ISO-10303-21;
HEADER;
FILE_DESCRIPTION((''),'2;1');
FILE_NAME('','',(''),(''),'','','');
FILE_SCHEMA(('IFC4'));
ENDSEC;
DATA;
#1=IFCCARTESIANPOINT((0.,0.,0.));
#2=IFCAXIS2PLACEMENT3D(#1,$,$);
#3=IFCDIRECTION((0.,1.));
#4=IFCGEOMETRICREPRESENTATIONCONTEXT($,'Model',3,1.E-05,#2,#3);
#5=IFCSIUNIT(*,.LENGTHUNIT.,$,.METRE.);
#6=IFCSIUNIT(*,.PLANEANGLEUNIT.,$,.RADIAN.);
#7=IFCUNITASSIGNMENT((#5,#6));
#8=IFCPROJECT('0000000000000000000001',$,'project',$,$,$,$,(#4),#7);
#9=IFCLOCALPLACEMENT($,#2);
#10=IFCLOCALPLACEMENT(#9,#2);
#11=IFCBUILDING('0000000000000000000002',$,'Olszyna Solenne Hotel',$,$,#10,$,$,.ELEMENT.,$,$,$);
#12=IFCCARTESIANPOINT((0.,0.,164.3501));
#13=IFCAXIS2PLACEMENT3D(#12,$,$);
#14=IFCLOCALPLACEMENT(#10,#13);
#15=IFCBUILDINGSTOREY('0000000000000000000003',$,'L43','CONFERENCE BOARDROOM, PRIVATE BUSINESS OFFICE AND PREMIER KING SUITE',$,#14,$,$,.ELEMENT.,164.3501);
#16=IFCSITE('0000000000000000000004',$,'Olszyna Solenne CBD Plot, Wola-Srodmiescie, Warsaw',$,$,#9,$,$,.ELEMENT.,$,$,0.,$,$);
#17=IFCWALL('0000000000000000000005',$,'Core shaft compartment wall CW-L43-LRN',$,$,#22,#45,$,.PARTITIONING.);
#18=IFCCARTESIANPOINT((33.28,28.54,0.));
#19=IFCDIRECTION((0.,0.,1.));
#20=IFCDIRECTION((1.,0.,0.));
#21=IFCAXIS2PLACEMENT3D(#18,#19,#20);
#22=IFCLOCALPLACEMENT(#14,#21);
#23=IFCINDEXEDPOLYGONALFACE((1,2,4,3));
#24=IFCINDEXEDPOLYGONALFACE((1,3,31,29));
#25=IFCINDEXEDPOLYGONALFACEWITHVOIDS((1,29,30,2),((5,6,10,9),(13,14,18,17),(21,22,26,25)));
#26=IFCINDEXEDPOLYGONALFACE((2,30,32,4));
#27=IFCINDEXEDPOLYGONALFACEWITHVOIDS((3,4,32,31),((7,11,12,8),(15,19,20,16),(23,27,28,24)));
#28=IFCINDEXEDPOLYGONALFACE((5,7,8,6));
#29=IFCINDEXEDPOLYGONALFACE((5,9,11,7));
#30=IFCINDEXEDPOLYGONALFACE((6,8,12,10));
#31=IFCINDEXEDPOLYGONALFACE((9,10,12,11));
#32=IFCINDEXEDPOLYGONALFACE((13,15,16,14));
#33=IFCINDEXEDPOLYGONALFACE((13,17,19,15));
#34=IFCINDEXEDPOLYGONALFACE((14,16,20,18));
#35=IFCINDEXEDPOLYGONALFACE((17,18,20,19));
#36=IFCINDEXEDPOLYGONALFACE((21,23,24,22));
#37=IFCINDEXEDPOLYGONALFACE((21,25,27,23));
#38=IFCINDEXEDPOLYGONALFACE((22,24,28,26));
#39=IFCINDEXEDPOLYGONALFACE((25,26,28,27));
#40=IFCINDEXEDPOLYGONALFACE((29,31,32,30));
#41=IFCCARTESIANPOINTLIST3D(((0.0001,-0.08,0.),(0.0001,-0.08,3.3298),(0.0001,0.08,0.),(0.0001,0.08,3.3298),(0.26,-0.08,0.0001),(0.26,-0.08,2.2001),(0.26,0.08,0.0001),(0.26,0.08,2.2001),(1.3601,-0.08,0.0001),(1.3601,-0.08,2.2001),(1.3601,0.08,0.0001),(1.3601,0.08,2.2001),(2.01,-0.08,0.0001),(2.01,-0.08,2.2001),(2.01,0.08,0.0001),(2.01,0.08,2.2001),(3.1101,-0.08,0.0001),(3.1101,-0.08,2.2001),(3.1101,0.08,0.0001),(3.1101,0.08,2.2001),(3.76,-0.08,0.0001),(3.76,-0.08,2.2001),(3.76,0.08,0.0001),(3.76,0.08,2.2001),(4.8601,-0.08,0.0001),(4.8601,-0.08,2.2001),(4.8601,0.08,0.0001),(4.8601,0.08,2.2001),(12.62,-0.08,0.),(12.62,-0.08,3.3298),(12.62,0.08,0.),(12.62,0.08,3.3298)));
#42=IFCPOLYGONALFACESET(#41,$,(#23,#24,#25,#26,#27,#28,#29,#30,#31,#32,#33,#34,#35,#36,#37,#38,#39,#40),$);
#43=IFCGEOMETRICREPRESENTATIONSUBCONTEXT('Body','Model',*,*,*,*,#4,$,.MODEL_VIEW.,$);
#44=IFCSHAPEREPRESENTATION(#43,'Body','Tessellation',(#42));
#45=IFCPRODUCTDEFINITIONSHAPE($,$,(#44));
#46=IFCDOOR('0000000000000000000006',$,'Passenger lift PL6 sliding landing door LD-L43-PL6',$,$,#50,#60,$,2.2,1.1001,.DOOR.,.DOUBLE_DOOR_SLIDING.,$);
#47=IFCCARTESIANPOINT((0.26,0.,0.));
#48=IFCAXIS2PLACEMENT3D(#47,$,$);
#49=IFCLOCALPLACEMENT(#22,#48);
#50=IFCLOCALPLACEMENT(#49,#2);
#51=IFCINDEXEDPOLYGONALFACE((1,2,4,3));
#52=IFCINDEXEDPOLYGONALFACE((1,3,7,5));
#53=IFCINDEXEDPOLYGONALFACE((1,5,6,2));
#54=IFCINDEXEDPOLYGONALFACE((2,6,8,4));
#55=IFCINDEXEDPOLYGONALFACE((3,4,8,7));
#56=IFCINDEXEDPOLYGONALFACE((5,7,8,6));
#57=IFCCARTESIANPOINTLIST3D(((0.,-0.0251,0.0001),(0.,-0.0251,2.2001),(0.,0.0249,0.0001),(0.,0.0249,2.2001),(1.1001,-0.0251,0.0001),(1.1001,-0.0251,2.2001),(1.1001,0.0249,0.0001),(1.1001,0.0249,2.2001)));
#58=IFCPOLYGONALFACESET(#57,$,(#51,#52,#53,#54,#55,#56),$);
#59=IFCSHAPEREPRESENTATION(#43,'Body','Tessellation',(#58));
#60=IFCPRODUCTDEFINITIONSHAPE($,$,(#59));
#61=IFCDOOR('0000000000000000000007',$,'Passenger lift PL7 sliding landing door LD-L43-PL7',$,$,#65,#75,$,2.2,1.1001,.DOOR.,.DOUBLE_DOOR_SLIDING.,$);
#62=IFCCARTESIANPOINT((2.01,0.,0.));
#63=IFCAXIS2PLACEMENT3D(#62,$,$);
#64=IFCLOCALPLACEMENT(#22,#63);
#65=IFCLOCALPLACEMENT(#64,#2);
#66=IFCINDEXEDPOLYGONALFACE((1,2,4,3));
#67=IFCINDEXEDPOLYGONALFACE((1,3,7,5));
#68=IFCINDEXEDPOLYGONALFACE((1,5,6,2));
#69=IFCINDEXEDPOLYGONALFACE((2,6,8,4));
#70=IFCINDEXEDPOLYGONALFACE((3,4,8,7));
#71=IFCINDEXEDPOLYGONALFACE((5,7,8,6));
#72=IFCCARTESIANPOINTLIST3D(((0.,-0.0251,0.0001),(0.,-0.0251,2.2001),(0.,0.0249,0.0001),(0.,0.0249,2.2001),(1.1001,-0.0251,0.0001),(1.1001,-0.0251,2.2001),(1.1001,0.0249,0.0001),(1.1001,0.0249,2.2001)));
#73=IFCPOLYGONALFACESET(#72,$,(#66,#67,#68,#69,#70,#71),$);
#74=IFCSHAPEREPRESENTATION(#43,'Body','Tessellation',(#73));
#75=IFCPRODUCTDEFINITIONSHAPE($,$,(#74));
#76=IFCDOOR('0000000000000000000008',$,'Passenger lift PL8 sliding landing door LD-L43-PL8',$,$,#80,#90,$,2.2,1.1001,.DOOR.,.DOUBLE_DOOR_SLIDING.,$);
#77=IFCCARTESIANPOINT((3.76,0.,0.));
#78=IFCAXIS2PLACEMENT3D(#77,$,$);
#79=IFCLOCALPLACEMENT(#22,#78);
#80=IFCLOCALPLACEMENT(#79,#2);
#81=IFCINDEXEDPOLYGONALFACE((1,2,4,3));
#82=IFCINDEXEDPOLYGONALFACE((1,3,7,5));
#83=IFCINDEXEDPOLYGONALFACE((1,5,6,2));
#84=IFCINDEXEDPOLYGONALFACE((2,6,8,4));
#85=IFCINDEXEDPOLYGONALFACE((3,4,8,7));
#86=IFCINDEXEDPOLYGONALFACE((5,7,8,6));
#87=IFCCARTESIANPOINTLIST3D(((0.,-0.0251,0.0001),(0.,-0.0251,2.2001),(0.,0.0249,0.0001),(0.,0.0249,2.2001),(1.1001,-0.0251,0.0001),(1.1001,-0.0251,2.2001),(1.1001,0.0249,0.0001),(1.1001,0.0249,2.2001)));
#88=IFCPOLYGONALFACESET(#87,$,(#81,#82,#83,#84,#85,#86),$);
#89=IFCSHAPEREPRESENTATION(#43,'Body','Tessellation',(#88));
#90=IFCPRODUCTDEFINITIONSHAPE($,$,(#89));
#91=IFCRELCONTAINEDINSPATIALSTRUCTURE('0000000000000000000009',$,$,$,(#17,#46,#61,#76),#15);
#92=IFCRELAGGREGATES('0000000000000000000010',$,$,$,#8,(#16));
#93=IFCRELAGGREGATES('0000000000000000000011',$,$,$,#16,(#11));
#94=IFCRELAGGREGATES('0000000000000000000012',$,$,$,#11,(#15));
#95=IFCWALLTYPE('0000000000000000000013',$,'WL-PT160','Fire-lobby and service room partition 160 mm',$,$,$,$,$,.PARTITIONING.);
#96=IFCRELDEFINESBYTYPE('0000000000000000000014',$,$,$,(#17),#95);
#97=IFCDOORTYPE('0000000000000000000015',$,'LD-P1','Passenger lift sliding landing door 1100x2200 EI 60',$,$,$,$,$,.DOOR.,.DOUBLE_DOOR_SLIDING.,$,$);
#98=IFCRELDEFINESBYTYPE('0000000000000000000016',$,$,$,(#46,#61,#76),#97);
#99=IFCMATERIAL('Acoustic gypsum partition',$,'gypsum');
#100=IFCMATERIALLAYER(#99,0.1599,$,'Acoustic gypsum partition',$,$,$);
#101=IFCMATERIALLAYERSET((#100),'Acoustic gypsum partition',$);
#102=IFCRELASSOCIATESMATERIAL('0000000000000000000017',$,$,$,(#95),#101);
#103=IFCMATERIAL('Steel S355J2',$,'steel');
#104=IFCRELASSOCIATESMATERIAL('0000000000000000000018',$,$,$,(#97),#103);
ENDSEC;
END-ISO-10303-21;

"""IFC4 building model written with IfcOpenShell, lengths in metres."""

from ifc_helpers import new_model, si_unit, direction, frame, frame_2d, origin, place, context, subcontext, project, spatial, rectangle, extrude, source, transform, mapped, material, layer, layer_set, type_object, type_shapes, element, fill, save


model = new_model("IFC4")

# Units and contexts
model_context = context("Model", 3, precision=1e-05, world=origin(), true_north=direction((0.0, 1.0)))
body_context = subcontext(model_context, "Body", "Model", "MODEL_VIEW")
ifc_project = project(units=[si_unit("LENGTHUNIT", "METRE"), si_unit("PLANEANGLEUNIT", "RADIAN")], contexts=[model_context])

# Site, building, storey
site_placement = place(None, origin())
site = spatial("IfcSite", under=ifc_project, at=site_placement, Name="Olszyna Solenne CBD Plot, Wola-Srodmiescie, Warsaw", CompositionType="ELEMENT", RefElevation=0.0)
building_placement = place(site_placement, origin())
building = spatial("IfcBuilding", under=site, at=building_placement, Name="Olszyna Solenne Hotel", CompositionType="ELEMENT")
storey_placement = place(building_placement, frame((0.0, 0.0, 164.3501)))
storey = spatial("IfcBuildingStorey", under=building, at=storey_placement, Name="L43", Description="CONFERENCE BOARDROOM, PRIVATE BUSINESS OFFICE AND PREMIER KING SUITE", CompositionType="ELEMENT", Elevation=164.3501)

# Shared definitions
ifc_material_1 = material(Name="Steel S355J2", Category="steel")

# Shared definitions
ifc_material_2 = material(Name="Acoustic gypsum partition", Category="gypsum")

# Shared definitions
ifc_layer_1 = layer(ifc_material_2, 0.1599, Name="Acoustic gypsum partition")
ifc_layer_set_1 = layer_set([ifc_layer_1], Name="Acoustic gypsum partition")
wall_type_1 = type_object("IfcWallType", Name="WL-PT160", Description="Fire-lobby and service room partition 160 mm", PredefinedType="PARTITIONING", material=ifc_layer_set_1)

# Wall, openings, doors
door_type_1 = type_object("IfcDoorType", Name="LD-P1", Description="Passenger lift sliding landing door 1100x2200 EI 60", OperationType="DOUBLE_DOOR_SLIDING", PredefinedType="DOOR", material=ifc_material_1)
shared_shape_1 = source(origin(), body_context, "Body", "SweptSolid", [
    extrude(rectangle(XDim=1.1001, YDim=2.2, at=frame_2d((0.55, 1.1001))), frame((0.0, 0.0249, 0.0), z_axis=(0.0, -1.0, 0.0), x_axis=(1.0, 0.0, 0.0)), (0.0, 0.0, 1.0), 0.05),
])
type_shapes(door_type_1, [shared_shape_1])
wall_1_placement = place(storey_placement, frame((33.28, 28.54, 0.0), z_axis=(0.0, 0.0, 1.0), x_axis=(1.0, 0.0, 0.0)))
wall_1 = element("IfcWall", 1, at=wall_1_placement, inside=storey, type_object=wall_type_1, Name="Core shaft compartment wall CW-L43-LRN", PredefinedType="PARTITIONING", context=body_context, shape_type="SweptSolid", body=[
    extrude(rectangle(XDim=12.6199, YDim=0.1599, at=frame_2d((6.3101, 0.0))), origin(), (0.0, 0.0, 1.0), 3.3298),
])
opening_1_placement = place(wall_1_placement, frame((0.26, 0.0, 0.0)))
opening_1 = element("IfcOpeningElement", 2, at=opening_1_placement, cuts=wall_1, PredefinedType="OPENING", context=body_context, shape_type="SweptSolid", body=[
    extrude(rectangle(XDim=1.1001, YDim=2.2, at=frame_2d((0.55, 1.1001))), frame((0.0, 0.0898, 0.0), z_axis=(0.0, -1.0, 0.0), x_axis=(1.0, 0.0, 0.0)), (0.0, 0.0, 1.0), 0.1799),
])
opening_2_placement = place(wall_1_placement, frame((2.01, 0.0, 0.0)))
opening_2 = element("IfcOpeningElement", 3, at=opening_2_placement, cuts=wall_1, PredefinedType="OPENING", context=body_context, shape_type="SweptSolid", body=[
    extrude(rectangle(XDim=1.1001, YDim=2.2, at=frame_2d((0.55, 1.1001))), frame((0.0, 0.0898, 0.0), z_axis=(0.0, -1.0, 0.0), x_axis=(1.0, 0.0, 0.0)), (0.0, 0.0, 1.0), 0.1799),
])
opening_3_placement = place(wall_1_placement, frame((3.76, 0.0, 0.0)))
opening_3 = element("IfcOpeningElement", 4, at=opening_3_placement, cuts=wall_1, PredefinedType="OPENING", context=body_context, shape_type="SweptSolid", body=[
    extrude(rectangle(XDim=1.1001, YDim=2.2, at=frame_2d((0.55, 1.1001))), frame((0.0, 0.0898, 0.0), z_axis=(0.0, -1.0, 0.0), x_axis=(1.0, 0.0, 0.0)), (0.0, 0.0, 1.0), 0.1799),
])
door_1_placement = place(opening_1_placement, origin())
door_1 = element("IfcDoor", 5, at=door_1_placement, inside=storey, type_object=door_type_1, Name="Passenger lift PL6 sliding landing door LD-L43-PL6", OperationType="DOUBLE_DOOR_SLIDING", OverallHeight=2.2, OverallWidth=1.1001, PredefinedType="DOOR", context=body_context, shape_type="MappedRepresentation", body=[
    mapped(shared_shape_1, transform((0.0, 0.0, 0.0), x_axis=(1.0, 0.0, 0.0), y_axis=(0.0, 1.0, 0.0), z_axis=(0.0, 0.0, 1.0), scale=1.0)),
])
fill(opening_1, door_1)
door_2_placement = place(opening_2_placement, origin())
door_2 = element("IfcDoor", 6, at=door_2_placement, inside=storey, type_object=door_type_1, Name="Passenger lift PL7 sliding landing door LD-L43-PL7", OperationType="DOUBLE_DOOR_SLIDING", OverallHeight=2.2, OverallWidth=1.1001, PredefinedType="DOOR", context=body_context, shape_type="MappedRepresentation", body=[
    mapped(shared_shape_1, transform((0.0, 0.0, 0.0), x_axis=(1.0, 0.0, 0.0), y_axis=(0.0, 1.0, 0.0), z_axis=(0.0, 0.0, 1.0), scale=1.0)),
])
fill(opening_2, door_2)
door_3_placement = place(opening_3_placement, origin())
door_3 = element("IfcDoor", 7, at=door_3_placement, inside=storey, type_object=door_type_1, Name="Passenger lift PL8 sliding landing door LD-L43-PL8", OperationType="DOUBLE_DOOR_SLIDING", OverallHeight=2.2, OverallWidth=1.1001, PredefinedType="DOOR", context=body_context, shape_type="MappedRepresentation", body=[
    mapped(shared_shape_1, transform((0.0, 0.0, 0.0), x_axis=(1.0, 0.0, 0.0), y_axis=(0.0, 1.0, 0.0), z_axis=(0.0, 0.0, 1.0), scale=1.0)),
])
fill(opening_3, door_3)

save(model, "model.ifc")
